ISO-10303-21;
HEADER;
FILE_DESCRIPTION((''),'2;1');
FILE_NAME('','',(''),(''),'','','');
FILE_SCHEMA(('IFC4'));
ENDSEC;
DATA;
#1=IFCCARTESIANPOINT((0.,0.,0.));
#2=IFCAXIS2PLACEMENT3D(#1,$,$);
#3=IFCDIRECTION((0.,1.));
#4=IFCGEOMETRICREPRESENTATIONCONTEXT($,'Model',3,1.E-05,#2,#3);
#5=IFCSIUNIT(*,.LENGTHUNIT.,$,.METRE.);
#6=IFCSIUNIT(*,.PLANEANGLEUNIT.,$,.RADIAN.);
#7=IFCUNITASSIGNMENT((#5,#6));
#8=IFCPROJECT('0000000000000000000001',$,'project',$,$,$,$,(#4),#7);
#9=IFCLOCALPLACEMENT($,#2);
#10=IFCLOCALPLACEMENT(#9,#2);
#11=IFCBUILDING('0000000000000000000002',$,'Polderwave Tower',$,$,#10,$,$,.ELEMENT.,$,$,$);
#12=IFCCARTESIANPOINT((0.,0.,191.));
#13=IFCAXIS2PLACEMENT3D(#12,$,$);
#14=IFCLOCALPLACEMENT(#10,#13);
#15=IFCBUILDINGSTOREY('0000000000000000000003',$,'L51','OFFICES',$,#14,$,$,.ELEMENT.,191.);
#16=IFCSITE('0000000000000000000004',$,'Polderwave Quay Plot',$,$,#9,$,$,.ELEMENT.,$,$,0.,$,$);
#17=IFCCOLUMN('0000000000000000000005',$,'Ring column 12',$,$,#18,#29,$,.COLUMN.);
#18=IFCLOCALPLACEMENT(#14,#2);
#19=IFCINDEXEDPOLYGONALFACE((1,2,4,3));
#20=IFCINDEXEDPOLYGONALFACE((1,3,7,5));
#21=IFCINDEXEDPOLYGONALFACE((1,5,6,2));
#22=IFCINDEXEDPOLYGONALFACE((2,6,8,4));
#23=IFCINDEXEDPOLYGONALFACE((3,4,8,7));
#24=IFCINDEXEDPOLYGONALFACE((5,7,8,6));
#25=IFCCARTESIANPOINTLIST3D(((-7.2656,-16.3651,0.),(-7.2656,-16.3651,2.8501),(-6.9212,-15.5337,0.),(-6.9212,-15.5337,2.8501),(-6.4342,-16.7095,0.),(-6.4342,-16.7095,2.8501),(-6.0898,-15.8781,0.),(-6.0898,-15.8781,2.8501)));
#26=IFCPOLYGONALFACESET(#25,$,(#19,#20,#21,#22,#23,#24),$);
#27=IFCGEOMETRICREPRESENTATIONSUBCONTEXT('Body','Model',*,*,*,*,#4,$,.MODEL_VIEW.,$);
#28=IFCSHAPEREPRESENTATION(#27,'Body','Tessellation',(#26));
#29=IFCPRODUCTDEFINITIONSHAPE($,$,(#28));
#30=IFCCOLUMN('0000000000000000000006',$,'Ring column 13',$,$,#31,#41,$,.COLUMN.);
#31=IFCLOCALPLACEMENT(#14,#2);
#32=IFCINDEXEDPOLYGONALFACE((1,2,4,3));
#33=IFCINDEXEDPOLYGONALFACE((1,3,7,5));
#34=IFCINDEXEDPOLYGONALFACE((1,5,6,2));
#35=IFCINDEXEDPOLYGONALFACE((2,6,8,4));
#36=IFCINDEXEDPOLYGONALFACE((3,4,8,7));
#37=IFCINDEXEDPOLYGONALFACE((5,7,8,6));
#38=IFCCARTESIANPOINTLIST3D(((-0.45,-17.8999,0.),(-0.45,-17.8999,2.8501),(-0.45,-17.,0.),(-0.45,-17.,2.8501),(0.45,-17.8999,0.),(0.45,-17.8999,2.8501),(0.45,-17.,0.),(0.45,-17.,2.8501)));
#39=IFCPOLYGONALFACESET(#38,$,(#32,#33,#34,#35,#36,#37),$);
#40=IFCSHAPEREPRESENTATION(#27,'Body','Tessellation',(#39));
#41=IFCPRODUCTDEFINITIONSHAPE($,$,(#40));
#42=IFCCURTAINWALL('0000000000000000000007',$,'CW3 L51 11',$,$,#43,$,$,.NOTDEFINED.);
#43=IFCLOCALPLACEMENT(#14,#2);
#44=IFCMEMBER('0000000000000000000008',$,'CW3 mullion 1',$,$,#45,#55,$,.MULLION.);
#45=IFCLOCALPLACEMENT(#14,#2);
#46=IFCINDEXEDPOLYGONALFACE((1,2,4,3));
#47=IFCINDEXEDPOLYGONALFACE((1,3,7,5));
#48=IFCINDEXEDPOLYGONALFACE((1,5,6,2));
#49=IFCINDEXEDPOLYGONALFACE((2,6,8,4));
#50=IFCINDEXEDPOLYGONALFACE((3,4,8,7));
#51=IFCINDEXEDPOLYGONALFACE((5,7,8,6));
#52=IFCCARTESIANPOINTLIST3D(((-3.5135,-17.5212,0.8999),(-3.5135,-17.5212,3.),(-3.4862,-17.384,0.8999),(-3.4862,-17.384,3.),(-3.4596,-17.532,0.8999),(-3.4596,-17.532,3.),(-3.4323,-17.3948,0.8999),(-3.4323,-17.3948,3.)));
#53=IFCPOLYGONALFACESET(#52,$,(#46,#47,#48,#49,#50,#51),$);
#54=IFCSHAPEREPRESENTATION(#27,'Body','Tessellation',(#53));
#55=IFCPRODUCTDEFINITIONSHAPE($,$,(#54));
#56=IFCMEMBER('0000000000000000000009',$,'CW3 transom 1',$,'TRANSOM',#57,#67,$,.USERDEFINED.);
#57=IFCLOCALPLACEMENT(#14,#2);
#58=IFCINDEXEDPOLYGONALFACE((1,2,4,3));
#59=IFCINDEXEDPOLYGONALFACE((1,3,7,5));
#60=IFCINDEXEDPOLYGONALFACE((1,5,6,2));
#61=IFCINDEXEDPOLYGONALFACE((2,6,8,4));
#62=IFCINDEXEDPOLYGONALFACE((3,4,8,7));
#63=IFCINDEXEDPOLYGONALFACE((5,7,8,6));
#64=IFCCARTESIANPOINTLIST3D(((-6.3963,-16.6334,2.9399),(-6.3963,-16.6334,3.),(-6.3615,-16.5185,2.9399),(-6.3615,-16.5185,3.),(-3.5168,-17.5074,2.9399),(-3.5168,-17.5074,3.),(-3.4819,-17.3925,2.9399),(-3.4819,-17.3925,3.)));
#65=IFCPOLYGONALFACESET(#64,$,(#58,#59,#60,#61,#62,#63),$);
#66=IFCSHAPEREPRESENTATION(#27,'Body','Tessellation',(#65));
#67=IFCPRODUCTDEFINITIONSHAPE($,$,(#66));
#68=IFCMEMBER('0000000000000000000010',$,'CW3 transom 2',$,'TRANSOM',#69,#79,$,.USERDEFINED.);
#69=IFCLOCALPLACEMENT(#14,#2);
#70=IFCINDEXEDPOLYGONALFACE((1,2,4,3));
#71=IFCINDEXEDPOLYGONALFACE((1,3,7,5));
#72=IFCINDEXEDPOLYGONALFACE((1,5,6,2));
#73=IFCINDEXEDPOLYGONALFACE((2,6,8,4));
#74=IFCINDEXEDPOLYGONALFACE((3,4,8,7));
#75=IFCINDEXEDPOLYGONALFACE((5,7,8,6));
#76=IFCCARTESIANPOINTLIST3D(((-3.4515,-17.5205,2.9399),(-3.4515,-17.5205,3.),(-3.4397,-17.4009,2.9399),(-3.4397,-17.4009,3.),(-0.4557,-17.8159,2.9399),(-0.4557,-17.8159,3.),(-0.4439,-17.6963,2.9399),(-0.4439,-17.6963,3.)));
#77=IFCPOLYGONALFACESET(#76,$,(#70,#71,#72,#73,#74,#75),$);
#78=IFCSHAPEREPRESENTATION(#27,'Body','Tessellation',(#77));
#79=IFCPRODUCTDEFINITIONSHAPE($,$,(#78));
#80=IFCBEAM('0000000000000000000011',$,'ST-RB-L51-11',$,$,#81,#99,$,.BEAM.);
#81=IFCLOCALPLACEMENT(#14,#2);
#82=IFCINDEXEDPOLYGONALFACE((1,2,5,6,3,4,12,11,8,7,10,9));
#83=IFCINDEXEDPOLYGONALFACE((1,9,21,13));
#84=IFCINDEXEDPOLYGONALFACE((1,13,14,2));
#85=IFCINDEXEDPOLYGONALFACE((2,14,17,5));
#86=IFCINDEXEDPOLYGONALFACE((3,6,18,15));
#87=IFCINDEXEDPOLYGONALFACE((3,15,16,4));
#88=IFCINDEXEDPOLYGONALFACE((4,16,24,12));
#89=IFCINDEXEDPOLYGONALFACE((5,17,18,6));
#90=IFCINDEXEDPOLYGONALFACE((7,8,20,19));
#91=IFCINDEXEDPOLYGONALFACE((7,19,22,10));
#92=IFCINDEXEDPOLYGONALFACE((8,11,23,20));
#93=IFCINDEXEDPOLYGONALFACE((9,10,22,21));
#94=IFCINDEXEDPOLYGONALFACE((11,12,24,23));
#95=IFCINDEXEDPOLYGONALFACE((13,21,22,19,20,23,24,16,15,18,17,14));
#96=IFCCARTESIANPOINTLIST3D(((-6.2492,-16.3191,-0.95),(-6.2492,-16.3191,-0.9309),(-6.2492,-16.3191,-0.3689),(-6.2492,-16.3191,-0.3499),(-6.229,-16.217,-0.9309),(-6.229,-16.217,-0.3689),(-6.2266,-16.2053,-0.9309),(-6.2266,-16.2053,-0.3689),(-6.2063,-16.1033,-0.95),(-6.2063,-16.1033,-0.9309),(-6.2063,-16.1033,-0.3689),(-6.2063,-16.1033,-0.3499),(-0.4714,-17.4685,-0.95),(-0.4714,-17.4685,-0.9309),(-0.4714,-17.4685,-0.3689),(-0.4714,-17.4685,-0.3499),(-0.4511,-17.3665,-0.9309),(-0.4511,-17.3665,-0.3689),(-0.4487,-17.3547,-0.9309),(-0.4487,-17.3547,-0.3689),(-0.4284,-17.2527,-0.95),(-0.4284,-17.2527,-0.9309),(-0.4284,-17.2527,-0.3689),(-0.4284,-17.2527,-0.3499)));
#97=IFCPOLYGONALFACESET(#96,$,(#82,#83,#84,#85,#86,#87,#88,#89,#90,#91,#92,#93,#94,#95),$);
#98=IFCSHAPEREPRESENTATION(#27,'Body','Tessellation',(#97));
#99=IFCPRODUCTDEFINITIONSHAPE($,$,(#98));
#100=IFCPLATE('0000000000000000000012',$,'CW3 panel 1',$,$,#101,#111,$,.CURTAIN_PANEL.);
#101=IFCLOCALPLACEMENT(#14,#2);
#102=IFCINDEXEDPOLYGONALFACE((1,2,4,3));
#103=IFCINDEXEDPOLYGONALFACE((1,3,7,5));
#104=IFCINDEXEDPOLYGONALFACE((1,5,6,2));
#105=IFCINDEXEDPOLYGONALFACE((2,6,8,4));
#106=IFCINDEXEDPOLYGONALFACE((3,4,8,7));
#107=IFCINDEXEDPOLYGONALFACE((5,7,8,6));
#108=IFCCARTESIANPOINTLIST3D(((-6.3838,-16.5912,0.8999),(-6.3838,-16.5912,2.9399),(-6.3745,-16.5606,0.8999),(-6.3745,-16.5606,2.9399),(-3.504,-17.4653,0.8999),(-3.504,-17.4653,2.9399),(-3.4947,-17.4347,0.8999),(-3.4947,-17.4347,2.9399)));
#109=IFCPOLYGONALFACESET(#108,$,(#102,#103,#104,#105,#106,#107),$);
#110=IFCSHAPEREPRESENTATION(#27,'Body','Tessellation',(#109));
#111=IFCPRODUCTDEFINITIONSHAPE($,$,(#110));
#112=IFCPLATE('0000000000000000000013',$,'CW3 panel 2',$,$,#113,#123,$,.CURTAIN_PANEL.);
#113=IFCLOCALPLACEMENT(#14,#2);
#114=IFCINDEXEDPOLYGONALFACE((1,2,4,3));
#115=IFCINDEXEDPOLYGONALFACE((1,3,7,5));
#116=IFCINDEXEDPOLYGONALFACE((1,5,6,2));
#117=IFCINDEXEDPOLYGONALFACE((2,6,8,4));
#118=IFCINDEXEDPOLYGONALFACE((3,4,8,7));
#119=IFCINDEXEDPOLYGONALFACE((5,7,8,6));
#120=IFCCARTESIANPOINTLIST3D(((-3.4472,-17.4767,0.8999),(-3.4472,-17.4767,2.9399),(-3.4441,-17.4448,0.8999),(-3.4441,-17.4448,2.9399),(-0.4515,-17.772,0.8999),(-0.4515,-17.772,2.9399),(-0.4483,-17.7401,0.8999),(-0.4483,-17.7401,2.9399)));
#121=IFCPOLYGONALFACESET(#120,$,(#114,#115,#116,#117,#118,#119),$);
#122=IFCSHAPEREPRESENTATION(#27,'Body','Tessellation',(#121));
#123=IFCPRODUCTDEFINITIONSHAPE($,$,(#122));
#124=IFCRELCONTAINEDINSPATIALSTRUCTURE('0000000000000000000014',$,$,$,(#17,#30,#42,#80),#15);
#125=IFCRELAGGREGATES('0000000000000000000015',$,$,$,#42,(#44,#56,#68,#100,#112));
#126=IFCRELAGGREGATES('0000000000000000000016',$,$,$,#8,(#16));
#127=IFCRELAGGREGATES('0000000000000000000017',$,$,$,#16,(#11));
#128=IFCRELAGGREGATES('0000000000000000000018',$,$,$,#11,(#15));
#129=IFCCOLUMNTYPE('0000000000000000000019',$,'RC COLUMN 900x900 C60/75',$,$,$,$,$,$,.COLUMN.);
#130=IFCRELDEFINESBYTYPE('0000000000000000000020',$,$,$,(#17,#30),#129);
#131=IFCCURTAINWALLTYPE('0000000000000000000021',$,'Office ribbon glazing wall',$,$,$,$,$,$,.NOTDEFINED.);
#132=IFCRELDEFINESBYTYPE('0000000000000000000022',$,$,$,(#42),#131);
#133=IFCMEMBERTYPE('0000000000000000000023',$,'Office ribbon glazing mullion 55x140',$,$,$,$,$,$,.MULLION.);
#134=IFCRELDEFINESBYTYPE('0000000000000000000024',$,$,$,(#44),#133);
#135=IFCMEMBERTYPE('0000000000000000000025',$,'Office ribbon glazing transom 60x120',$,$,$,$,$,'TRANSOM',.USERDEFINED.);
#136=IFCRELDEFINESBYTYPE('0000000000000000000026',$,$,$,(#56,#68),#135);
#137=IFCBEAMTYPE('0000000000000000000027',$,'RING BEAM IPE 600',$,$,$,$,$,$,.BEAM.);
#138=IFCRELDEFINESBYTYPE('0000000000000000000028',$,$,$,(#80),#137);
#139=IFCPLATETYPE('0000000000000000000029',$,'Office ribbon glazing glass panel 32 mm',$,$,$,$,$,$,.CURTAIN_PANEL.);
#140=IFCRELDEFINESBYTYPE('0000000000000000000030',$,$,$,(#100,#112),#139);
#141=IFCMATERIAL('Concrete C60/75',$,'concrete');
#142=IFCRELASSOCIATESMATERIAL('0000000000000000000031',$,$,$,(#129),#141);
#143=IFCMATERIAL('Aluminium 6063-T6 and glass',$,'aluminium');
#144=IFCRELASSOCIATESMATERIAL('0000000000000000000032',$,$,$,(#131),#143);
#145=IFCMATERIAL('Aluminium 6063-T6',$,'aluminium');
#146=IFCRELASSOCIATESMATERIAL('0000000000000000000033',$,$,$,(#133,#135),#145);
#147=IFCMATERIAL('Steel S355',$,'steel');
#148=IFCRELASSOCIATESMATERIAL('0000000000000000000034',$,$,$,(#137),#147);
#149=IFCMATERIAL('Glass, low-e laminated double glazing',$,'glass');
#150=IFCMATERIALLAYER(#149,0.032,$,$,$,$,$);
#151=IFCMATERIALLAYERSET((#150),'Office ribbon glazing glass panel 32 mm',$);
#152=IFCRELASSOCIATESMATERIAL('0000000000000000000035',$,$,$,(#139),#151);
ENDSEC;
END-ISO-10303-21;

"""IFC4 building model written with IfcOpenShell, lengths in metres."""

from ifc_helpers import new_model, si_unit, direction, frame, origin, origin_2d, place, context, subcontext, project, spatial, rectangle, i_section, extrude, material, layer, layer_set, material_profile, profile_set, type_object, element, aggregate, save


model = new_model("IFC4")

# Units and contexts
model_context = context("Model", 3, precision=1e-05, world=origin(), true_north=direction((0.0, 1.0)))
body_context = subcontext(model_context, "Body", "Model", "MODEL_VIEW")
ifc_project = project(units=[si_unit("LENGTHUNIT", "METRE"), si_unit("PLANEANGLEUNIT", "RADIAN")], contexts=[model_context])

# Site, building, storey
site_placement = place(None, origin())
site = spatial("IfcSite", under=ifc_project, at=site_placement, Name="Polderwave Quay Plot", CompositionType="ELEMENT", RefElevation=0.0)
building_placement = place(site_placement, origin())
building = spatial("IfcBuilding", under=site, at=building_placement, Name="Polderwave Tower", CompositionType="ELEMENT")
storey_placement = place(building_placement, frame((0.0, 0.0, 191.0)))
storey = spatial("IfcBuildingStorey", under=building, at=storey_placement, Name="L51", Description="OFFICES", CompositionType="ELEMENT", Elevation=191.0)

# Columns
ifc_material_1 = material(Name="Concrete C60/75", Category="concrete")
ifc_material_profile_1 = material_profile(ifc_material_1, rectangle(XDim=0.8999, YDim=0.8999, at=origin_2d()), Name="RC 900x900")
ifc_profile_set_1 = profile_set([ifc_material_profile_1], Name="Concrete C60/75")
column_type = type_object("IfcColumnType", Name="RC COLUMN 900x900 C60/75", PredefinedType="COLUMN", material=ifc_profile_set_1)
for number, where, z_axis, x_axis, name in (
    (1, (-6.6777, -16.1216, 0.0), (0.0, 0.0, 1.0), (-0.382683, -0.92388, 0.0), "Ring column 12"),
    (2, (0.0, -17.45, 0.0), (0.0, 0.0, 1.0), (0.0, -1.0, 0.0), "Ring column 13"),
):
    element("IfcColumn", number, at=place(storey_placement, frame(where, z_axis=z_axis, x_axis=x_axis)), inside=storey, type_object=column_type, Name=name, PredefinedType="COLUMN", context=body_context, shape_type="SweptSolid", body=[
        extrude(rectangle(XDim=0.8999, YDim=0.8999, at=origin_2d()), origin(), (0.0, 0.0, 1.0), 2.8501),
    ])

# Curtain wall, members
ifc_material_2 = material(Name="Aluminium 6063-T6 and glass", Category="aluminium")
curtain_wall_type = type_object("IfcCurtainWallType", Name="Office ribbon glazing wall", PredefinedType="NOTDEFINED", material=ifc_material_2)
curtain_wall_placement = place(storey_placement, origin())
curtain_wall = element("IfcCurtainWall", 3, at=curtain_wall_placement, inside=storey, type_object=curtain_wall_type, Name="CW3 L51 11", PredefinedType="NOTDEFINED")
ifc_material_3 = material(Name="Aluminium 6063-T6", Category="aluminium")
ifc_material_profile_2 = material_profile(ifc_material_3, rectangle(XDim=0.1399, YDim=0.0549, at=origin_2d()), Name="AL 55x140")
ifc_profile_set_2 = profile_set([ifc_material_profile_2], Name="Aluminium 6063-T6")
member_type_1 = type_object("IfcMemberType", Name="Office ribbon glazing mullion 55x140", PredefinedType="MULLION", material=ifc_profile_set_2)
member_1_placement = place(storey_placement, frame((-3.4729, -17.458, 0.8999), z_axis=(0.0, 0.0, 1.0), x_axis=(0.195205, 0.980762, 0.0)))
member_1 = element("IfcMember", 4, at=member_1_placement, type_object=member_type_1, Name="CW3 mullion 1", PredefinedType="MULLION", context=body_context, shape_type="SweptSolid", body=[
    extrude(rectangle(XDim=0.1399, YDim=0.0549, at=origin_2d()), origin(), (0.0, 0.0, 1.0), 2.1001),
])
ifc_material_profile_3 = material_profile(ifc_material_3, rectangle(XDim=0.1201, YDim=0.0601, at=origin_2d()), Name="AL 60x120")
ifc_profile_set_3 = profile_set([ifc_material_profile_3], Name="Aluminium 6063-T6")
member_type_2 = type_object("IfcMemberType", Name="Office ribbon glazing transom 60x120", ElementType="TRANSOM", PredefinedType="USERDEFINED", material=ifc_profile_set_3)
member_2_placement = place(storey_placement, frame((-6.3789, -16.5759, 2.97), z_axis=(0.956895, -0.290435, 0.0), x_axis=(0.290435, 0.956895, 0.0)))
member_2 = element("IfcMember", 5, at=member_2_placement, type_object=member_type_2, Name="CW3 transom 1", ObjectType="TRANSOM", PredefinedType="USERDEFINED", context=body_context, shape_type="SweptSolid", body=[
    extrude(rectangle(XDim=0.1201, YDim=0.0601, at=origin_2d()), origin(), (0.0, 0.0, 1.0), 3.0093),
])
member_3_placement = place(storey_placement, frame((-3.4456, -17.4607, 2.97), z_axis=(0.995173, -0.098138, 0.0), x_axis=(0.098138, 0.995173, 0.0)))
member_3 = element("IfcMember", 6, at=member_3_placement, type_object=member_type_2, Name="CW3 transom 2", ObjectType="TRANSOM", PredefinedType="USERDEFINED", context=body_context, shape_type="SweptSolid", body=[
    extrude(rectangle(XDim=0.1201, YDim=0.0601, at=origin_2d()), origin(), (0.0, 0.0, 1.0), 3.0103),
])

# Beam
ifc_material_4 = material(Name="Steel S355", Category="steel")
ifc_material_profile_4 = material_profile(ifc_material_4, i_section(OverallWidth=0.22, OverallDepth=0.6001, WebThickness=0.012, FlangeThickness=0.019, at=origin_2d()), Name="IPE 600")
ifc_profile_set_4 = profile_set([ifc_material_profile_4], Name="Steel S355")
beam_type = type_object("IfcBeamType", Name="RING BEAM IPE 600", PredefinedType="BEAM", material=ifc_profile_set_4)
beam_placement = place(storey_placement, frame((-6.2278, -16.2112, -0.6499), z_axis=(0.980781, -0.195112, 0.0), x_axis=(0.195112, 0.980781, 0.0)))
element("IfcBeam", 7, at=beam_placement, inside=storey, type_object=beam_type, Name="ST-RB-L51-11", PredefinedType="BEAM", context=body_context, shape_type="SweptSolid", body=[
    extrude(i_section(OverallWidth=0.22, OverallDepth=0.6001, WebThickness=0.012, FlangeThickness=0.019, at=origin_2d()), origin(), (0.0, 0.0, 1.0), 5.8911),
])

# Plates
ifc_material_5 = material(Name="Glass, low-e laminated double glazing", Category="glass")
ifc_layer_1 = layer(ifc_material_5, 0.032)
ifc_layer_set_1 = layer_set([ifc_layer_1], Name="Office ribbon glazing glass panel 32 mm")
plate_type = type_object("IfcPlateType", Name="Office ribbon glazing glass panel 32 mm", PredefinedType="CURTAIN_PANEL", material=ifc_layer_set_1)
plate_1_placement = place(storey_placement, frame((-4.9392, -17.0129, 0.8999), z_axis=(0.0, 0.0, 1.0), x_axis=(0.956897, -0.290428, 0.0)))
plate_1 = element("IfcPlate", 8, at=plate_1_placement, type_object=plate_type, Name="CW3 panel 1", PredefinedType="CURTAIN_PANEL", context=body_context, shape_type="SweptSolid", body=[
    extrude(rectangle(XDim=3.0095, YDim=0.032, at=origin_2d()), origin(), (0.0, 0.0, 1.0), 2.04),
])
plate_2_placement = place(storey_placement, frame((-1.9478, -17.6084, 0.8999), z_axis=(0.0, 0.0, 1.0), x_axis=(0.995176, -0.098102, 0.0)))
plate_2 = element("IfcPlate", 9, at=plate_2_placement, type_object=plate_type, Name="CW3 panel 2", PredefinedType="CURTAIN_PANEL", context=body_context, shape_type="SweptSolid", body=[
    extrude(rectangle(XDim=3.0103, YDim=0.032, at=origin_2d()), origin(), (0.0, 0.0, 1.0), 2.04),
])
aggregate(curtain_wall, [member_1, member_2, member_3, plate_1, plate_2])

save(model, "model.ifc")
